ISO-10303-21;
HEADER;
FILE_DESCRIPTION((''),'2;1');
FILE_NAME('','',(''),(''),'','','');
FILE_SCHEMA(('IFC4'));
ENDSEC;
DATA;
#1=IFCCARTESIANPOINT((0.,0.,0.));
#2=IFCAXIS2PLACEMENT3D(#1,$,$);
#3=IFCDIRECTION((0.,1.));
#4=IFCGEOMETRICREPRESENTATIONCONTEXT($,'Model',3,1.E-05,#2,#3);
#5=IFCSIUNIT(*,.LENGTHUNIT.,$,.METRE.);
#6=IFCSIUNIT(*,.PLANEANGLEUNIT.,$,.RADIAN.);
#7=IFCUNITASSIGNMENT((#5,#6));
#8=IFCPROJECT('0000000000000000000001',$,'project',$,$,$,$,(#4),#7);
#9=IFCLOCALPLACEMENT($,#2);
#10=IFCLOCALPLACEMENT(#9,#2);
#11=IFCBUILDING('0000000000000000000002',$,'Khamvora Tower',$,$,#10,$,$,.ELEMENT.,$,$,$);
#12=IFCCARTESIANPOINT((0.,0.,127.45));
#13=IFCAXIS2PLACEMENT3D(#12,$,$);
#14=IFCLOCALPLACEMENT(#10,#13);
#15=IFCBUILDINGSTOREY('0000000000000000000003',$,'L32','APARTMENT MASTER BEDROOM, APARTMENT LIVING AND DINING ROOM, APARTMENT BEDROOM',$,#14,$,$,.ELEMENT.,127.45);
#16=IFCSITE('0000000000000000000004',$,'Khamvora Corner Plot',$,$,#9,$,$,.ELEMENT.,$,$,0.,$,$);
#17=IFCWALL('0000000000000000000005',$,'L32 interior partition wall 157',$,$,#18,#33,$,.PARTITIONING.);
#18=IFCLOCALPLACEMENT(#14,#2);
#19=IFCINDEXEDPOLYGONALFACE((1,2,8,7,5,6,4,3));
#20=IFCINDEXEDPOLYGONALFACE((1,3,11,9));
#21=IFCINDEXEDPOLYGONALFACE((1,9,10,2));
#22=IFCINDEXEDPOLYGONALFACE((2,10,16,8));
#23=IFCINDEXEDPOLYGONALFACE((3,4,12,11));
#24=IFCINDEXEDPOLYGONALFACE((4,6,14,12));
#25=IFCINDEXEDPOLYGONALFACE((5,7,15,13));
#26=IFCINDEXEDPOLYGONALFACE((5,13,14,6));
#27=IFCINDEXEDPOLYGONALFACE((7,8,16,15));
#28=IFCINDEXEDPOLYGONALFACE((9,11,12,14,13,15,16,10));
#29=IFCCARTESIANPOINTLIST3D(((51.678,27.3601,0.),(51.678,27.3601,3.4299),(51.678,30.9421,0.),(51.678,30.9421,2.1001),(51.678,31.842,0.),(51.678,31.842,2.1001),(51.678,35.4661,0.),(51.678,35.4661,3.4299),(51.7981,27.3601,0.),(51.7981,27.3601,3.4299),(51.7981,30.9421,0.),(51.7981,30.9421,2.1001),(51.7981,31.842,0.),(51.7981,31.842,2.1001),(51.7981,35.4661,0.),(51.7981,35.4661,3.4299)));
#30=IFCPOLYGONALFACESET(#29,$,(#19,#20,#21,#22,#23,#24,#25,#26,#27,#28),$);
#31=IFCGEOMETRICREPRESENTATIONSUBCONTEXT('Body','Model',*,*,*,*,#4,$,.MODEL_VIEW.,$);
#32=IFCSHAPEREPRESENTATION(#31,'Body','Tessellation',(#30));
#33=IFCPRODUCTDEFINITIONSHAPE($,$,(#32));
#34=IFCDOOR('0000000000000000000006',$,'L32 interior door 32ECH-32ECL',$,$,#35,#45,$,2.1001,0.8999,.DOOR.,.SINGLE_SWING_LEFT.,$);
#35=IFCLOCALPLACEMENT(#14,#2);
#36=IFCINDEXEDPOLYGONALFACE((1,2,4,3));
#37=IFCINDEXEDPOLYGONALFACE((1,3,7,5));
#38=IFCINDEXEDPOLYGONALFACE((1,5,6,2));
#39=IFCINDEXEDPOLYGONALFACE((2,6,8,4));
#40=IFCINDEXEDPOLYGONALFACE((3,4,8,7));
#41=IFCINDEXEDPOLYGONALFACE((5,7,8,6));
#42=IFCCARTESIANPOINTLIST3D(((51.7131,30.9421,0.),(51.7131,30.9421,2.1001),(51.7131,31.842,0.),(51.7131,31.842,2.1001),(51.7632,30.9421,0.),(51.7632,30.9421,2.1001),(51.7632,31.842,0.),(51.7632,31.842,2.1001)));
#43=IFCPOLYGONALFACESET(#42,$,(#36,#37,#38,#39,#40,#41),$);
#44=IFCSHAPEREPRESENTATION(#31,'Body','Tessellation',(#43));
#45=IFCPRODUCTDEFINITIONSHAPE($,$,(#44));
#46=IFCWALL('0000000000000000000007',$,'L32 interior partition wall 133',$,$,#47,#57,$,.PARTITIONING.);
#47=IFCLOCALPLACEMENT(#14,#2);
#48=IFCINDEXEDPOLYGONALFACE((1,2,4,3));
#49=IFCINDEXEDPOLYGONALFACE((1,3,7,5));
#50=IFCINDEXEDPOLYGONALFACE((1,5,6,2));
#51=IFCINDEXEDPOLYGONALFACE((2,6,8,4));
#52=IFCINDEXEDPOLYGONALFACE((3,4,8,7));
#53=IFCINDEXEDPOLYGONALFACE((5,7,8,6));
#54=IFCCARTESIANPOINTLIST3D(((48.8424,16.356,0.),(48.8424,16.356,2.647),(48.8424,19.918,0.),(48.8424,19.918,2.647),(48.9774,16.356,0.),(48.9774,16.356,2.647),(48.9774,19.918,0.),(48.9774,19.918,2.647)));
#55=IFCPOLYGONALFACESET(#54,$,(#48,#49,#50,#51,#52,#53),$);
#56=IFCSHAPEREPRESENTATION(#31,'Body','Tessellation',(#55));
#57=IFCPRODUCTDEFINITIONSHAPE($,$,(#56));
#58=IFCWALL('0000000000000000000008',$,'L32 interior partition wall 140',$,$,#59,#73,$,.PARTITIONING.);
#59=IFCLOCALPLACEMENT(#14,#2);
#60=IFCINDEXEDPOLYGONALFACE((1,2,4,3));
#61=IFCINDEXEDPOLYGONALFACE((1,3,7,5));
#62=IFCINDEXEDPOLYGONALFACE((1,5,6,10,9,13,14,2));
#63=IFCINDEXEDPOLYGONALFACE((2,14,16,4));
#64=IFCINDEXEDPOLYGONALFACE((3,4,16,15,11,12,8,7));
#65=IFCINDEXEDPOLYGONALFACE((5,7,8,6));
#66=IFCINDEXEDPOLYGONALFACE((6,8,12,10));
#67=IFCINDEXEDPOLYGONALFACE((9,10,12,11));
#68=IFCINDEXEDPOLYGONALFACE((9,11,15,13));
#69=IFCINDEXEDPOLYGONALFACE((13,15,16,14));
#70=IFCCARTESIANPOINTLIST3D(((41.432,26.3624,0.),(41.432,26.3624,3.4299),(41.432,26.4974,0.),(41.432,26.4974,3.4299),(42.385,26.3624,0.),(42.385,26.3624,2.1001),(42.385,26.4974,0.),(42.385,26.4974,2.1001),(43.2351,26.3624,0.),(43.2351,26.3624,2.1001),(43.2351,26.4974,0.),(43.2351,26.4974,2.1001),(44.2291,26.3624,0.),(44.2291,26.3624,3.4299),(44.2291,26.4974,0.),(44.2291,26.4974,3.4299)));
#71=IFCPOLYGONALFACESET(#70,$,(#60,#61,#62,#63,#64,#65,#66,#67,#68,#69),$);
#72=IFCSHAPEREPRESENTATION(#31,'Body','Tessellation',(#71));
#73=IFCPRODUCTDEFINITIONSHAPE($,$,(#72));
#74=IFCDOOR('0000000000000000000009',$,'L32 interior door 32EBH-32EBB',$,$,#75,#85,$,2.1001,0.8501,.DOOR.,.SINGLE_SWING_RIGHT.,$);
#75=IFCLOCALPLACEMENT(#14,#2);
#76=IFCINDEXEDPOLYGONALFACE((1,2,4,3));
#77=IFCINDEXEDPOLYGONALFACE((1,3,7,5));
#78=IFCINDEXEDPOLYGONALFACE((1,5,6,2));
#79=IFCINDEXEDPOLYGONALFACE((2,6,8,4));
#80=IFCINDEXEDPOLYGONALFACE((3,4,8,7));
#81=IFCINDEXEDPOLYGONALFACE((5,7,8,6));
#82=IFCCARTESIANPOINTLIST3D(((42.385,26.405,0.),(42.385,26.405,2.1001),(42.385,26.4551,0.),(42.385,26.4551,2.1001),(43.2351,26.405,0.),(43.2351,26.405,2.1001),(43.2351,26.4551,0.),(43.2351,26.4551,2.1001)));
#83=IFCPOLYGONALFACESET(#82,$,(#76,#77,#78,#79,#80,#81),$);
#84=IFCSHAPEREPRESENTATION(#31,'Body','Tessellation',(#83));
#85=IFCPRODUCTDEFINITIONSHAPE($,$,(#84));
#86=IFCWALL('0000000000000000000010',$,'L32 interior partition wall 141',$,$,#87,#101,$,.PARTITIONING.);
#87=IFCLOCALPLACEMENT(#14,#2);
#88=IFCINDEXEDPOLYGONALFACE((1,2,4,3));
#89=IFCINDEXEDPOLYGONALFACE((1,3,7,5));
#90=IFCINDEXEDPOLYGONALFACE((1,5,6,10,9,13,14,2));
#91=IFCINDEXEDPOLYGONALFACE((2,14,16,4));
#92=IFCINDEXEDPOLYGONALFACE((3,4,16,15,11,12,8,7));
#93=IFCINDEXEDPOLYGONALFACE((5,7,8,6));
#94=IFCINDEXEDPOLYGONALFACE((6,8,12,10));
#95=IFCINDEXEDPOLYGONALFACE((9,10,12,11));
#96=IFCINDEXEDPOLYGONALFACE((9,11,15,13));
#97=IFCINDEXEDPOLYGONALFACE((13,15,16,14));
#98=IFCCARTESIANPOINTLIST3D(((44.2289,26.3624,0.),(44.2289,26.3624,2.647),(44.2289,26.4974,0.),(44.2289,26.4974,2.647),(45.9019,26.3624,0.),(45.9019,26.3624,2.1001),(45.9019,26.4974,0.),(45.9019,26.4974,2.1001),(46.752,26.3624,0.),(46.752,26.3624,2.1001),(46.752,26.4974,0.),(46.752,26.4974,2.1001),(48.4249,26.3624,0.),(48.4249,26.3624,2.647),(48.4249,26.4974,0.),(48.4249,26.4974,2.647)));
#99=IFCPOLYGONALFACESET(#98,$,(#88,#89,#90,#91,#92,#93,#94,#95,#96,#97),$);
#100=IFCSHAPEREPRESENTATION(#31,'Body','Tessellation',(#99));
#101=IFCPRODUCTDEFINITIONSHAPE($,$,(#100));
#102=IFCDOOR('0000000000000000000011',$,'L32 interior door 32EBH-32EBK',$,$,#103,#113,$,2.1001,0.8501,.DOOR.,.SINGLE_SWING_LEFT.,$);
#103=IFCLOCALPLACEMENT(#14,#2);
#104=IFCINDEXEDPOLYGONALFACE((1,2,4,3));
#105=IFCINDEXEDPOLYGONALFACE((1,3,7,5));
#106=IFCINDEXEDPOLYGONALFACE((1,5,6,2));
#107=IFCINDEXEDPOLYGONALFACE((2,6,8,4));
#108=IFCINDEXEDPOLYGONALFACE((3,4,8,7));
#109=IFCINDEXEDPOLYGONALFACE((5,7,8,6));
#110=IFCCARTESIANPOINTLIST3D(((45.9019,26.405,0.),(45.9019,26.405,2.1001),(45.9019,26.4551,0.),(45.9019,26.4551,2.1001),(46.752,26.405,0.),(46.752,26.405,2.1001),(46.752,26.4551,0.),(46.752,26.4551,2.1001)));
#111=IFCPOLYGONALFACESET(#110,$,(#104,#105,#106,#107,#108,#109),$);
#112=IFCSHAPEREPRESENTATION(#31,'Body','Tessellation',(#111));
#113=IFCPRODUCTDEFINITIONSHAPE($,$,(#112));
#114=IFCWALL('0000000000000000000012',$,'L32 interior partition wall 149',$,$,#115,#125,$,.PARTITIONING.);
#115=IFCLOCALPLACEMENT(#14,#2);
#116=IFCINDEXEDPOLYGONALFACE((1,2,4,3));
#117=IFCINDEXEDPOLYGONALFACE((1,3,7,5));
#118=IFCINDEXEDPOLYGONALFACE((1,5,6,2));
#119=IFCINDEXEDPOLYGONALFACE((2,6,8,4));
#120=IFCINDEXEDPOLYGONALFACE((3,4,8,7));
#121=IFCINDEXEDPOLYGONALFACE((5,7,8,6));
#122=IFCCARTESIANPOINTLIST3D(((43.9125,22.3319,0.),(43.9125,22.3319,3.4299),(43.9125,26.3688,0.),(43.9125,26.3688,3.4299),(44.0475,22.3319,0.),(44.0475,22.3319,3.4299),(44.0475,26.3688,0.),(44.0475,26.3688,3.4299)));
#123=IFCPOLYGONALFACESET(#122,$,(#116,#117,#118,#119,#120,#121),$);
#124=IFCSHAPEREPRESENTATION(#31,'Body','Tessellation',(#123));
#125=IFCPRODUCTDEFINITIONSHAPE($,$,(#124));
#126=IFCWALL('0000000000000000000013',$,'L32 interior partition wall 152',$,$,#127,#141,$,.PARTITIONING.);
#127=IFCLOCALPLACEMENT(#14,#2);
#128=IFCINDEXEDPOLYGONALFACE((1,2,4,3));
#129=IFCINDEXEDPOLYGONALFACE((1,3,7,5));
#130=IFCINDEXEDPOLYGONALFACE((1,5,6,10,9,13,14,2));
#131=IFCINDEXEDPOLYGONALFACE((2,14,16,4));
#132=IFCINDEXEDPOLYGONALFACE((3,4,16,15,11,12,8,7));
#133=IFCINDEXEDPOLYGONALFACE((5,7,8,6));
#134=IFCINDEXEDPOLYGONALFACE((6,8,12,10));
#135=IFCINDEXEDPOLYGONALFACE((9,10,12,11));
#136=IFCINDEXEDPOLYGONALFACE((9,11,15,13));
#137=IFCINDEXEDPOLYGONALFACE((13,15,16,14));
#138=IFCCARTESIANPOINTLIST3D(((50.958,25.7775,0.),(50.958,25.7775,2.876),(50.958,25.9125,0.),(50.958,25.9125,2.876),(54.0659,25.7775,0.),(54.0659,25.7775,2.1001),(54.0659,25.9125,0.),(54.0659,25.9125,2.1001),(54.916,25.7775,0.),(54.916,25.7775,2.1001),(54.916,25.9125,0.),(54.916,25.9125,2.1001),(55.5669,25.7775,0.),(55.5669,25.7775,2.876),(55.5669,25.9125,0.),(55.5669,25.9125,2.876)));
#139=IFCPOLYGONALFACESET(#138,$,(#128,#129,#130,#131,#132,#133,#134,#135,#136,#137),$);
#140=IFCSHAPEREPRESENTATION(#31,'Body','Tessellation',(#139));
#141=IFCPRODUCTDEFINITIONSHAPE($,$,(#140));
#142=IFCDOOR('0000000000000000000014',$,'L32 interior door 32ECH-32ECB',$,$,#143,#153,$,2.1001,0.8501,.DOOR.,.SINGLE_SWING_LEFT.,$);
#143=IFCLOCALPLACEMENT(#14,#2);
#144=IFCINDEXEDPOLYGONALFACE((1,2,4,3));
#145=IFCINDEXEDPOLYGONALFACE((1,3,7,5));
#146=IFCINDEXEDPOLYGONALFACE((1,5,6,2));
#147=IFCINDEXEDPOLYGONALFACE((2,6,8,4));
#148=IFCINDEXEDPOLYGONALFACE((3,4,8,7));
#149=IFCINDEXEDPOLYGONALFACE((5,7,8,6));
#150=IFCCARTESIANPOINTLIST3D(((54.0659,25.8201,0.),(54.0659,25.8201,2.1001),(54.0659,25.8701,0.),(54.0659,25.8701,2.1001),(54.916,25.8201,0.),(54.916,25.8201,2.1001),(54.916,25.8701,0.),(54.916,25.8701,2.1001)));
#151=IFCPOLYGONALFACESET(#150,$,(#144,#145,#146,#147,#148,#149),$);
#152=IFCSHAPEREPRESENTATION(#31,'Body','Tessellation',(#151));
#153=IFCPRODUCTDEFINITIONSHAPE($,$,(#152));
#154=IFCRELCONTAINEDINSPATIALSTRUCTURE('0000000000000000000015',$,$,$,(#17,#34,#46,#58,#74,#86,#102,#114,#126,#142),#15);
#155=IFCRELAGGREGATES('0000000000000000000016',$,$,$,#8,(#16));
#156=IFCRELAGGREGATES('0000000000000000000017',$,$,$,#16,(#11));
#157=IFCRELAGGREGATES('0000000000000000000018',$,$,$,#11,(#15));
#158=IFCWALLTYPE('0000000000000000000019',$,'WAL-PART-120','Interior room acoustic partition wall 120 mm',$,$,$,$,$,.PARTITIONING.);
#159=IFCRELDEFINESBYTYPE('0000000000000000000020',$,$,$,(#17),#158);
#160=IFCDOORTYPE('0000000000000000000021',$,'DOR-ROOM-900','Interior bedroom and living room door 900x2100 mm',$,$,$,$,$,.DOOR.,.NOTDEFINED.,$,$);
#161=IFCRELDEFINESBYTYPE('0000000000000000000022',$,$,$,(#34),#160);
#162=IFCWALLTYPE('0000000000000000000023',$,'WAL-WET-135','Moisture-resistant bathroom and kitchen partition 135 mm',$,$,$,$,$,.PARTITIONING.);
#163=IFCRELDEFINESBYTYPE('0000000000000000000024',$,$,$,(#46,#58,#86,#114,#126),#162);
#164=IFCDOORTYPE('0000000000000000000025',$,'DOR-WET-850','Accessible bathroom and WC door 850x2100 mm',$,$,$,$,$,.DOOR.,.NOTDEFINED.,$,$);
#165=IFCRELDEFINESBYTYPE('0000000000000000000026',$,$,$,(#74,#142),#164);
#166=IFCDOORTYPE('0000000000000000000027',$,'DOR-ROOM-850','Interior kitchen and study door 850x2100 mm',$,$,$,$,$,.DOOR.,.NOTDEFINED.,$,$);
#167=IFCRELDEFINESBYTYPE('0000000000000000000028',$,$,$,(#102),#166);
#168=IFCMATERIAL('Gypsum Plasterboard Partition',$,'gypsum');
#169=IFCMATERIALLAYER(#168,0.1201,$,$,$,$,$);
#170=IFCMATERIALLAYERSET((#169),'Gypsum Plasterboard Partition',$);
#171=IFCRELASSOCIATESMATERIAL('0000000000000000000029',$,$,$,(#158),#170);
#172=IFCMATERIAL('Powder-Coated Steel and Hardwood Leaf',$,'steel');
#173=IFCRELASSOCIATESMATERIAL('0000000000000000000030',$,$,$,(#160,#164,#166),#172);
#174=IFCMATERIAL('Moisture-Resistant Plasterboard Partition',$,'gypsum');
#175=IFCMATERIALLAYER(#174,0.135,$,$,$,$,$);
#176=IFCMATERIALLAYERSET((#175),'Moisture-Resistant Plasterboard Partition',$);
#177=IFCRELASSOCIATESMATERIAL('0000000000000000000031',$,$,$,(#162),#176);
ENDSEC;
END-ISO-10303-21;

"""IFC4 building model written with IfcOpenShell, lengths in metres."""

from ifc_helpers import new_model, si_unit, direction, frame, frame_2d, origin, place, context, subcontext, project, spatial, rectangle, extrude, material, layer, layer_set, type_object, element, fill, save


model = new_model("IFC4")

# Units and contexts
model_context = context("Model", 3, precision=1e-05, world=origin(), true_north=direction((0.0, 1.0)))
body_context = subcontext(model_context, "Body", "Model", "MODEL_VIEW")
ifc_project = project(units=[si_unit("LENGTHUNIT", "METRE"), si_unit("PLANEANGLEUNIT", "RADIAN")], contexts=[model_context])

# Site, building, storey
site_placement = place(None, origin())
site = spatial("IfcSite", under=ifc_project, at=site_placement, Name="Khamvora Corner Plot", CompositionType="ELEMENT", RefElevation=0.0)
building_placement = place(site_placement, origin())
building = spatial("IfcBuilding", under=site, at=building_placement, Name="Khamvora Tower", CompositionType="ELEMENT")
storey_placement = place(building_placement, frame((0.0, 0.0, 127.45)))
storey = spatial("IfcBuildingStorey", under=building, at=storey_placement, Name="L32", Description="APARTMENT MASTER BEDROOM, APARTMENT LIVING AND DINING ROOM, APARTMENT BEDROOM", CompositionType="ELEMENT", Elevation=127.45)

# Shared definitions
ifc_material_1 = material(Name="Powder-Coated Steel and Hardwood Leaf", Category="steel")

# Wall, opening, door
ifc_material_2 = material(Name="Gypsum Plasterboard Partition", Category="gypsum")
ifc_layer_1 = layer(ifc_material_2, 0.1201)
ifc_layer_set_1 = layer_set([ifc_layer_1], Name="Gypsum Plasterboard Partition")
wall_type_1 = type_object("IfcWallType", Name="WAL-PART-120", Description="Interior room acoustic partition wall 120 mm", PredefinedType="PARTITIONING", material=ifc_layer_set_1)
wall_1_placement = place(storey_placement, frame((51.738, 27.3601, 0.0), z_axis=(0.0, 0.0, 1.0), x_axis=(0.0, 1.0, 0.0)))
wall_1 = element("IfcWall", 1, at=wall_1_placement, inside=storey, type_object=wall_type_1, Name="L32 interior partition wall 157", PredefinedType="PARTITIONING", context=body_context, shape_type="SweptSolid", body=[
    extrude(rectangle(XDim=8.106, YDim=0.1201, at=frame_2d((4.053, 0.0))), origin(), (0.0, 0.0, 1.0), 3.4299),
])
opening_1_placement = place(wall_1_placement, frame((3.582, 0.0, 0.0)))
opening_1 = element("IfcOpeningElement", 2, at=opening_1_placement, cuts=wall_1, PredefinedType="OPENING", context=body_context, shape_type="SweptSolid", body=[
    extrude(rectangle(XDim=0.8999, YDim=2.1001, at=frame_2d((0.45, 1.05))), frame((0.0, 0.0701, 0.0), z_axis=(0.0, -1.0, 0.0), x_axis=(1.0, 0.0, 0.0)), (0.0, 0.0, 1.0), 0.1401),
])
door_type_1 = type_object("IfcDoorType", Name="DOR-ROOM-900", Description="Interior bedroom and living room door 900x2100 mm", OperationType="NOTDEFINED", PredefinedType="DOOR", material=ifc_material_1)
door_1_placement = place(opening_1_placement, origin())
door_1 = element("IfcDoor", 3, at=door_1_placement, inside=storey, type_object=door_type_1, Name="L32 interior door 32ECH-32ECL", OperationType="SINGLE_SWING_LEFT", OverallHeight=2.1001, OverallWidth=0.8999, PredefinedType="DOOR", context=body_context, shape_type="SweptSolid", body=[
    extrude(rectangle(XDim=0.8999, YDim=2.1001, at=frame_2d((0.45, 1.05))), frame((0.0, 0.0249, 0.0), z_axis=(0.0, -1.0, 0.0), x_axis=(1.0, 0.0, 0.0)), (0.0, 0.0, 1.0), 0.05),
])
fill(opening_1, door_1)

# Wall
ifc_material_3 = material(Name="Moisture-Resistant Plasterboard Partition", Category="gypsum")
ifc_layer_2 = layer(ifc_material_3, 0.135)
ifc_layer_set_2 = layer_set([ifc_layer_2], Name="Moisture-Resistant Plasterboard Partition")
wall_type_2 = type_object("IfcWallType", Name="WAL-WET-135", Description="Moisture-resistant bathroom and kitchen partition 135 mm", PredefinedType="PARTITIONING", material=ifc_layer_set_2)
wall_2_placement = place(storey_placement, frame((48.9099, 19.918, 0.0), z_axis=(0.0, 0.0, 1.0), x_axis=(0.0, -1.0, 0.0)))
element("IfcWall", 4, at=wall_2_placement, inside=storey, type_object=wall_type_2, Name="L32 interior partition wall 133", PredefinedType="PARTITIONING", context=body_context, shape_type="SweptSolid", body=[
    extrude(rectangle(XDim=3.562, YDim=0.135, at=frame_2d((1.781, 0.0))), origin(), (0.0, 0.0, 1.0), 2.647),
])

# Walls, openings, doors
wall_3_placement = place(storey_placement, frame((44.229, 26.4299, 0.0), z_axis=(0.0, 0.0, 1.0), x_axis=(-1.0, 0.0, 0.0)))
wall_3 = element("IfcWall", 5, at=wall_3_placement, inside=storey, type_object=wall_type_2, Name="L32 interior partition wall 140", PredefinedType="PARTITIONING", context=body_context, shape_type="SweptSolid", body=[
    extrude(rectangle(XDim=2.7971, YDim=0.135, at=frame_2d((1.3984, 0.0))), origin(), (0.0, 0.0, 1.0), 3.4299),
])
opening_2_placement = place(wall_3_placement, frame((0.9939, 0.0, 0.0)))
opening_2 = element("IfcOpeningElement", 6, at=opening_2_placement, cuts=wall_3, PredefinedType="OPENING", context=body_context, shape_type="SweptSolid", body=[
    extrude(rectangle(XDim=0.8501, YDim=2.1001, at=frame_2d((0.425, 1.05))), frame((0.0, 0.0774, 0.0), z_axis=(0.0, -1.0, 0.0), x_axis=(1.0, 0.0, 0.0)), (0.0, 0.0, 1.0), 0.155),
])
door_type_2 = type_object("IfcDoorType", Name="DOR-WET-850", Description="Accessible bathroom and WC door 850x2100 mm", OperationType="NOTDEFINED", PredefinedType="DOOR", material=ifc_material_1)
door_2_placement = place(opening_2_placement, origin())
door_2 = element("IfcDoor", 7, at=door_2_placement, inside=storey, type_object=door_type_2, Name="L32 interior door 32EBH-32EBB", OperationType="SINGLE_SWING_RIGHT", OverallHeight=2.1001, OverallWidth=0.8501, PredefinedType="DOOR", context=body_context, shape_type="SweptSolid", body=[
    extrude(rectangle(XDim=0.8501, YDim=2.1001, at=frame_2d((0.425, 1.05))), frame((0.0, 0.0249, 0.0), z_axis=(0.0, -1.0, 0.0), x_axis=(1.0, 0.0, 0.0)), (0.0, 0.0, 1.0), 0.05),
])
fill(opening_2, door_2)
wall_4_placement = place(storey_placement, frame((48.425, 26.4299, 0.0), z_axis=(0.0, 0.0, 1.0), x_axis=(-1.0, 0.0, 0.0)))
wall_4 = element("IfcWall", 8, at=wall_4_placement, inside=storey, type_object=wall_type_2, Name="L32 interior partition wall 141", PredefinedType="PARTITIONING", context=body_context, shape_type="SweptSolid", body=[
    extrude(rectangle(XDim=4.196, YDim=0.135, at=frame_2d((2.0981, 0.0))), origin(), (0.0, 0.0, 1.0), 2.647),
])
opening_3_placement = place(wall_4_placement, frame((1.6731, 0.0, 0.0)))
opening_3 = element("IfcOpeningElement", 9, at=opening_3_placement, cuts=wall_4, PredefinedType="OPENING", context=body_context, shape_type="SweptSolid", body=[
    extrude(rectangle(XDim=0.8501, YDim=2.1001, at=frame_2d((0.425, 1.05))), frame((0.0, 0.0774, 0.0), z_axis=(0.0, -1.0, 0.0), x_axis=(1.0, 0.0, 0.0)), (0.0, 0.0, 1.0), 0.155),
])
door_type_3 = type_object("IfcDoorType", Name="DOR-ROOM-850", Description="Interior kitchen and study door 850x2100 mm", OperationType="NOTDEFINED", PredefinedType="DOOR", material=ifc_material_1)
door_3_placement = place(opening_3_placement, origin())
door_3 = element("IfcDoor", 10, at=door_3_placement, inside=storey, type_object=door_type_3, Name="L32 interior door 32EBH-32EBK", OperationType="SINGLE_SWING_LEFT", OverallHeight=2.1001, OverallWidth=0.8501, PredefinedType="DOOR", context=body_context, shape_type="SweptSolid", body=[
    extrude(rectangle(XDim=0.8501, YDim=2.1001, at=frame_2d((0.425, 1.05))), frame((0.0, 0.0249, 0.0), z_axis=(0.0, -1.0, 0.0), x_axis=(1.0, 0.0, 0.0)), (0.0, 0.0, 1.0), 0.05),
])
fill(opening_3, door_3)

# Wall
wall_5_placement = place(storey_placement, frame((43.98, 26.3689, 0.0), z_axis=(0.0, 0.0, 1.0), x_axis=(0.0, -1.0, 0.0)))
element("IfcWall", 11, at=wall_5_placement, inside=storey, type_object=wall_type_2, Name="L32 interior partition wall 149", PredefinedType="PARTITIONING", context=body_context, shape_type="SweptSolid", body=[
    extrude(rectangle(XDim=4.0369, YDim=0.135, at=frame_2d((2.0186, 0.0))), origin(), (0.0, 0.0, 1.0), 3.4299),
])

# Wall, opening, door
wall_6_placement = place(storey_placement, frame((55.5669, 25.845, 0.0), z_axis=(0.0, 0.0, 1.0), x_axis=(-1.0, 0.0, 0.0)))
wall_6 = element("IfcWall", 12, at=wall_6_placement, inside=storey, type_object=wall_type_2, Name="L32 interior partition wall 152", PredefinedType="PARTITIONING", context=body_context, shape_type="SweptSolid", body=[
    extrude(rectangle(XDim=4.6089, YDim=0.135, at=frame_2d((2.3044, 0.0))), origin(), (0.0, 0.0, 1.0), 2.876),
])
opening_4_placement = place(wall_6_placement, frame((0.6509, 0.0, 0.0)))
opening_4 = element("IfcOpeningElement", 13, at=opening_4_placement, cuts=wall_6, PredefinedType="OPENING", context=body_context, shape_type="SweptSolid", body=[
    extrude(rectangle(XDim=0.8501, YDim=2.1001, at=frame_2d((0.425, 1.05))), frame((0.0, 0.0774, 0.0), z_axis=(0.0, -1.0, 0.0), x_axis=(1.0, 0.0, 0.0)), (0.0, 0.0, 1.0), 0.155),
])
door_4_placement = place(opening_4_placement, origin())
door_4 = element("IfcDoor", 14, at=door_4_placement, inside=storey, type_object=door_type_2, Name="L32 interior door 32ECH-32ECB", OperationType="SINGLE_SWING_LEFT", OverallHeight=2.1001, OverallWidth=0.8501, PredefinedType="DOOR", context=body_context, shape_type="SweptSolid", body=[
    extrude(rectangle(XDim=0.8501, YDim=2.1001, at=frame_2d((0.425, 1.05))), frame((0.0, 0.0249, 0.0), z_axis=(0.0, -1.0, 0.0), x_axis=(1.0, 0.0, 0.0)), (0.0, 0.0, 1.0), 0.05),
])
fill(opening_4, door_4)

save(model, "model.ifc")
